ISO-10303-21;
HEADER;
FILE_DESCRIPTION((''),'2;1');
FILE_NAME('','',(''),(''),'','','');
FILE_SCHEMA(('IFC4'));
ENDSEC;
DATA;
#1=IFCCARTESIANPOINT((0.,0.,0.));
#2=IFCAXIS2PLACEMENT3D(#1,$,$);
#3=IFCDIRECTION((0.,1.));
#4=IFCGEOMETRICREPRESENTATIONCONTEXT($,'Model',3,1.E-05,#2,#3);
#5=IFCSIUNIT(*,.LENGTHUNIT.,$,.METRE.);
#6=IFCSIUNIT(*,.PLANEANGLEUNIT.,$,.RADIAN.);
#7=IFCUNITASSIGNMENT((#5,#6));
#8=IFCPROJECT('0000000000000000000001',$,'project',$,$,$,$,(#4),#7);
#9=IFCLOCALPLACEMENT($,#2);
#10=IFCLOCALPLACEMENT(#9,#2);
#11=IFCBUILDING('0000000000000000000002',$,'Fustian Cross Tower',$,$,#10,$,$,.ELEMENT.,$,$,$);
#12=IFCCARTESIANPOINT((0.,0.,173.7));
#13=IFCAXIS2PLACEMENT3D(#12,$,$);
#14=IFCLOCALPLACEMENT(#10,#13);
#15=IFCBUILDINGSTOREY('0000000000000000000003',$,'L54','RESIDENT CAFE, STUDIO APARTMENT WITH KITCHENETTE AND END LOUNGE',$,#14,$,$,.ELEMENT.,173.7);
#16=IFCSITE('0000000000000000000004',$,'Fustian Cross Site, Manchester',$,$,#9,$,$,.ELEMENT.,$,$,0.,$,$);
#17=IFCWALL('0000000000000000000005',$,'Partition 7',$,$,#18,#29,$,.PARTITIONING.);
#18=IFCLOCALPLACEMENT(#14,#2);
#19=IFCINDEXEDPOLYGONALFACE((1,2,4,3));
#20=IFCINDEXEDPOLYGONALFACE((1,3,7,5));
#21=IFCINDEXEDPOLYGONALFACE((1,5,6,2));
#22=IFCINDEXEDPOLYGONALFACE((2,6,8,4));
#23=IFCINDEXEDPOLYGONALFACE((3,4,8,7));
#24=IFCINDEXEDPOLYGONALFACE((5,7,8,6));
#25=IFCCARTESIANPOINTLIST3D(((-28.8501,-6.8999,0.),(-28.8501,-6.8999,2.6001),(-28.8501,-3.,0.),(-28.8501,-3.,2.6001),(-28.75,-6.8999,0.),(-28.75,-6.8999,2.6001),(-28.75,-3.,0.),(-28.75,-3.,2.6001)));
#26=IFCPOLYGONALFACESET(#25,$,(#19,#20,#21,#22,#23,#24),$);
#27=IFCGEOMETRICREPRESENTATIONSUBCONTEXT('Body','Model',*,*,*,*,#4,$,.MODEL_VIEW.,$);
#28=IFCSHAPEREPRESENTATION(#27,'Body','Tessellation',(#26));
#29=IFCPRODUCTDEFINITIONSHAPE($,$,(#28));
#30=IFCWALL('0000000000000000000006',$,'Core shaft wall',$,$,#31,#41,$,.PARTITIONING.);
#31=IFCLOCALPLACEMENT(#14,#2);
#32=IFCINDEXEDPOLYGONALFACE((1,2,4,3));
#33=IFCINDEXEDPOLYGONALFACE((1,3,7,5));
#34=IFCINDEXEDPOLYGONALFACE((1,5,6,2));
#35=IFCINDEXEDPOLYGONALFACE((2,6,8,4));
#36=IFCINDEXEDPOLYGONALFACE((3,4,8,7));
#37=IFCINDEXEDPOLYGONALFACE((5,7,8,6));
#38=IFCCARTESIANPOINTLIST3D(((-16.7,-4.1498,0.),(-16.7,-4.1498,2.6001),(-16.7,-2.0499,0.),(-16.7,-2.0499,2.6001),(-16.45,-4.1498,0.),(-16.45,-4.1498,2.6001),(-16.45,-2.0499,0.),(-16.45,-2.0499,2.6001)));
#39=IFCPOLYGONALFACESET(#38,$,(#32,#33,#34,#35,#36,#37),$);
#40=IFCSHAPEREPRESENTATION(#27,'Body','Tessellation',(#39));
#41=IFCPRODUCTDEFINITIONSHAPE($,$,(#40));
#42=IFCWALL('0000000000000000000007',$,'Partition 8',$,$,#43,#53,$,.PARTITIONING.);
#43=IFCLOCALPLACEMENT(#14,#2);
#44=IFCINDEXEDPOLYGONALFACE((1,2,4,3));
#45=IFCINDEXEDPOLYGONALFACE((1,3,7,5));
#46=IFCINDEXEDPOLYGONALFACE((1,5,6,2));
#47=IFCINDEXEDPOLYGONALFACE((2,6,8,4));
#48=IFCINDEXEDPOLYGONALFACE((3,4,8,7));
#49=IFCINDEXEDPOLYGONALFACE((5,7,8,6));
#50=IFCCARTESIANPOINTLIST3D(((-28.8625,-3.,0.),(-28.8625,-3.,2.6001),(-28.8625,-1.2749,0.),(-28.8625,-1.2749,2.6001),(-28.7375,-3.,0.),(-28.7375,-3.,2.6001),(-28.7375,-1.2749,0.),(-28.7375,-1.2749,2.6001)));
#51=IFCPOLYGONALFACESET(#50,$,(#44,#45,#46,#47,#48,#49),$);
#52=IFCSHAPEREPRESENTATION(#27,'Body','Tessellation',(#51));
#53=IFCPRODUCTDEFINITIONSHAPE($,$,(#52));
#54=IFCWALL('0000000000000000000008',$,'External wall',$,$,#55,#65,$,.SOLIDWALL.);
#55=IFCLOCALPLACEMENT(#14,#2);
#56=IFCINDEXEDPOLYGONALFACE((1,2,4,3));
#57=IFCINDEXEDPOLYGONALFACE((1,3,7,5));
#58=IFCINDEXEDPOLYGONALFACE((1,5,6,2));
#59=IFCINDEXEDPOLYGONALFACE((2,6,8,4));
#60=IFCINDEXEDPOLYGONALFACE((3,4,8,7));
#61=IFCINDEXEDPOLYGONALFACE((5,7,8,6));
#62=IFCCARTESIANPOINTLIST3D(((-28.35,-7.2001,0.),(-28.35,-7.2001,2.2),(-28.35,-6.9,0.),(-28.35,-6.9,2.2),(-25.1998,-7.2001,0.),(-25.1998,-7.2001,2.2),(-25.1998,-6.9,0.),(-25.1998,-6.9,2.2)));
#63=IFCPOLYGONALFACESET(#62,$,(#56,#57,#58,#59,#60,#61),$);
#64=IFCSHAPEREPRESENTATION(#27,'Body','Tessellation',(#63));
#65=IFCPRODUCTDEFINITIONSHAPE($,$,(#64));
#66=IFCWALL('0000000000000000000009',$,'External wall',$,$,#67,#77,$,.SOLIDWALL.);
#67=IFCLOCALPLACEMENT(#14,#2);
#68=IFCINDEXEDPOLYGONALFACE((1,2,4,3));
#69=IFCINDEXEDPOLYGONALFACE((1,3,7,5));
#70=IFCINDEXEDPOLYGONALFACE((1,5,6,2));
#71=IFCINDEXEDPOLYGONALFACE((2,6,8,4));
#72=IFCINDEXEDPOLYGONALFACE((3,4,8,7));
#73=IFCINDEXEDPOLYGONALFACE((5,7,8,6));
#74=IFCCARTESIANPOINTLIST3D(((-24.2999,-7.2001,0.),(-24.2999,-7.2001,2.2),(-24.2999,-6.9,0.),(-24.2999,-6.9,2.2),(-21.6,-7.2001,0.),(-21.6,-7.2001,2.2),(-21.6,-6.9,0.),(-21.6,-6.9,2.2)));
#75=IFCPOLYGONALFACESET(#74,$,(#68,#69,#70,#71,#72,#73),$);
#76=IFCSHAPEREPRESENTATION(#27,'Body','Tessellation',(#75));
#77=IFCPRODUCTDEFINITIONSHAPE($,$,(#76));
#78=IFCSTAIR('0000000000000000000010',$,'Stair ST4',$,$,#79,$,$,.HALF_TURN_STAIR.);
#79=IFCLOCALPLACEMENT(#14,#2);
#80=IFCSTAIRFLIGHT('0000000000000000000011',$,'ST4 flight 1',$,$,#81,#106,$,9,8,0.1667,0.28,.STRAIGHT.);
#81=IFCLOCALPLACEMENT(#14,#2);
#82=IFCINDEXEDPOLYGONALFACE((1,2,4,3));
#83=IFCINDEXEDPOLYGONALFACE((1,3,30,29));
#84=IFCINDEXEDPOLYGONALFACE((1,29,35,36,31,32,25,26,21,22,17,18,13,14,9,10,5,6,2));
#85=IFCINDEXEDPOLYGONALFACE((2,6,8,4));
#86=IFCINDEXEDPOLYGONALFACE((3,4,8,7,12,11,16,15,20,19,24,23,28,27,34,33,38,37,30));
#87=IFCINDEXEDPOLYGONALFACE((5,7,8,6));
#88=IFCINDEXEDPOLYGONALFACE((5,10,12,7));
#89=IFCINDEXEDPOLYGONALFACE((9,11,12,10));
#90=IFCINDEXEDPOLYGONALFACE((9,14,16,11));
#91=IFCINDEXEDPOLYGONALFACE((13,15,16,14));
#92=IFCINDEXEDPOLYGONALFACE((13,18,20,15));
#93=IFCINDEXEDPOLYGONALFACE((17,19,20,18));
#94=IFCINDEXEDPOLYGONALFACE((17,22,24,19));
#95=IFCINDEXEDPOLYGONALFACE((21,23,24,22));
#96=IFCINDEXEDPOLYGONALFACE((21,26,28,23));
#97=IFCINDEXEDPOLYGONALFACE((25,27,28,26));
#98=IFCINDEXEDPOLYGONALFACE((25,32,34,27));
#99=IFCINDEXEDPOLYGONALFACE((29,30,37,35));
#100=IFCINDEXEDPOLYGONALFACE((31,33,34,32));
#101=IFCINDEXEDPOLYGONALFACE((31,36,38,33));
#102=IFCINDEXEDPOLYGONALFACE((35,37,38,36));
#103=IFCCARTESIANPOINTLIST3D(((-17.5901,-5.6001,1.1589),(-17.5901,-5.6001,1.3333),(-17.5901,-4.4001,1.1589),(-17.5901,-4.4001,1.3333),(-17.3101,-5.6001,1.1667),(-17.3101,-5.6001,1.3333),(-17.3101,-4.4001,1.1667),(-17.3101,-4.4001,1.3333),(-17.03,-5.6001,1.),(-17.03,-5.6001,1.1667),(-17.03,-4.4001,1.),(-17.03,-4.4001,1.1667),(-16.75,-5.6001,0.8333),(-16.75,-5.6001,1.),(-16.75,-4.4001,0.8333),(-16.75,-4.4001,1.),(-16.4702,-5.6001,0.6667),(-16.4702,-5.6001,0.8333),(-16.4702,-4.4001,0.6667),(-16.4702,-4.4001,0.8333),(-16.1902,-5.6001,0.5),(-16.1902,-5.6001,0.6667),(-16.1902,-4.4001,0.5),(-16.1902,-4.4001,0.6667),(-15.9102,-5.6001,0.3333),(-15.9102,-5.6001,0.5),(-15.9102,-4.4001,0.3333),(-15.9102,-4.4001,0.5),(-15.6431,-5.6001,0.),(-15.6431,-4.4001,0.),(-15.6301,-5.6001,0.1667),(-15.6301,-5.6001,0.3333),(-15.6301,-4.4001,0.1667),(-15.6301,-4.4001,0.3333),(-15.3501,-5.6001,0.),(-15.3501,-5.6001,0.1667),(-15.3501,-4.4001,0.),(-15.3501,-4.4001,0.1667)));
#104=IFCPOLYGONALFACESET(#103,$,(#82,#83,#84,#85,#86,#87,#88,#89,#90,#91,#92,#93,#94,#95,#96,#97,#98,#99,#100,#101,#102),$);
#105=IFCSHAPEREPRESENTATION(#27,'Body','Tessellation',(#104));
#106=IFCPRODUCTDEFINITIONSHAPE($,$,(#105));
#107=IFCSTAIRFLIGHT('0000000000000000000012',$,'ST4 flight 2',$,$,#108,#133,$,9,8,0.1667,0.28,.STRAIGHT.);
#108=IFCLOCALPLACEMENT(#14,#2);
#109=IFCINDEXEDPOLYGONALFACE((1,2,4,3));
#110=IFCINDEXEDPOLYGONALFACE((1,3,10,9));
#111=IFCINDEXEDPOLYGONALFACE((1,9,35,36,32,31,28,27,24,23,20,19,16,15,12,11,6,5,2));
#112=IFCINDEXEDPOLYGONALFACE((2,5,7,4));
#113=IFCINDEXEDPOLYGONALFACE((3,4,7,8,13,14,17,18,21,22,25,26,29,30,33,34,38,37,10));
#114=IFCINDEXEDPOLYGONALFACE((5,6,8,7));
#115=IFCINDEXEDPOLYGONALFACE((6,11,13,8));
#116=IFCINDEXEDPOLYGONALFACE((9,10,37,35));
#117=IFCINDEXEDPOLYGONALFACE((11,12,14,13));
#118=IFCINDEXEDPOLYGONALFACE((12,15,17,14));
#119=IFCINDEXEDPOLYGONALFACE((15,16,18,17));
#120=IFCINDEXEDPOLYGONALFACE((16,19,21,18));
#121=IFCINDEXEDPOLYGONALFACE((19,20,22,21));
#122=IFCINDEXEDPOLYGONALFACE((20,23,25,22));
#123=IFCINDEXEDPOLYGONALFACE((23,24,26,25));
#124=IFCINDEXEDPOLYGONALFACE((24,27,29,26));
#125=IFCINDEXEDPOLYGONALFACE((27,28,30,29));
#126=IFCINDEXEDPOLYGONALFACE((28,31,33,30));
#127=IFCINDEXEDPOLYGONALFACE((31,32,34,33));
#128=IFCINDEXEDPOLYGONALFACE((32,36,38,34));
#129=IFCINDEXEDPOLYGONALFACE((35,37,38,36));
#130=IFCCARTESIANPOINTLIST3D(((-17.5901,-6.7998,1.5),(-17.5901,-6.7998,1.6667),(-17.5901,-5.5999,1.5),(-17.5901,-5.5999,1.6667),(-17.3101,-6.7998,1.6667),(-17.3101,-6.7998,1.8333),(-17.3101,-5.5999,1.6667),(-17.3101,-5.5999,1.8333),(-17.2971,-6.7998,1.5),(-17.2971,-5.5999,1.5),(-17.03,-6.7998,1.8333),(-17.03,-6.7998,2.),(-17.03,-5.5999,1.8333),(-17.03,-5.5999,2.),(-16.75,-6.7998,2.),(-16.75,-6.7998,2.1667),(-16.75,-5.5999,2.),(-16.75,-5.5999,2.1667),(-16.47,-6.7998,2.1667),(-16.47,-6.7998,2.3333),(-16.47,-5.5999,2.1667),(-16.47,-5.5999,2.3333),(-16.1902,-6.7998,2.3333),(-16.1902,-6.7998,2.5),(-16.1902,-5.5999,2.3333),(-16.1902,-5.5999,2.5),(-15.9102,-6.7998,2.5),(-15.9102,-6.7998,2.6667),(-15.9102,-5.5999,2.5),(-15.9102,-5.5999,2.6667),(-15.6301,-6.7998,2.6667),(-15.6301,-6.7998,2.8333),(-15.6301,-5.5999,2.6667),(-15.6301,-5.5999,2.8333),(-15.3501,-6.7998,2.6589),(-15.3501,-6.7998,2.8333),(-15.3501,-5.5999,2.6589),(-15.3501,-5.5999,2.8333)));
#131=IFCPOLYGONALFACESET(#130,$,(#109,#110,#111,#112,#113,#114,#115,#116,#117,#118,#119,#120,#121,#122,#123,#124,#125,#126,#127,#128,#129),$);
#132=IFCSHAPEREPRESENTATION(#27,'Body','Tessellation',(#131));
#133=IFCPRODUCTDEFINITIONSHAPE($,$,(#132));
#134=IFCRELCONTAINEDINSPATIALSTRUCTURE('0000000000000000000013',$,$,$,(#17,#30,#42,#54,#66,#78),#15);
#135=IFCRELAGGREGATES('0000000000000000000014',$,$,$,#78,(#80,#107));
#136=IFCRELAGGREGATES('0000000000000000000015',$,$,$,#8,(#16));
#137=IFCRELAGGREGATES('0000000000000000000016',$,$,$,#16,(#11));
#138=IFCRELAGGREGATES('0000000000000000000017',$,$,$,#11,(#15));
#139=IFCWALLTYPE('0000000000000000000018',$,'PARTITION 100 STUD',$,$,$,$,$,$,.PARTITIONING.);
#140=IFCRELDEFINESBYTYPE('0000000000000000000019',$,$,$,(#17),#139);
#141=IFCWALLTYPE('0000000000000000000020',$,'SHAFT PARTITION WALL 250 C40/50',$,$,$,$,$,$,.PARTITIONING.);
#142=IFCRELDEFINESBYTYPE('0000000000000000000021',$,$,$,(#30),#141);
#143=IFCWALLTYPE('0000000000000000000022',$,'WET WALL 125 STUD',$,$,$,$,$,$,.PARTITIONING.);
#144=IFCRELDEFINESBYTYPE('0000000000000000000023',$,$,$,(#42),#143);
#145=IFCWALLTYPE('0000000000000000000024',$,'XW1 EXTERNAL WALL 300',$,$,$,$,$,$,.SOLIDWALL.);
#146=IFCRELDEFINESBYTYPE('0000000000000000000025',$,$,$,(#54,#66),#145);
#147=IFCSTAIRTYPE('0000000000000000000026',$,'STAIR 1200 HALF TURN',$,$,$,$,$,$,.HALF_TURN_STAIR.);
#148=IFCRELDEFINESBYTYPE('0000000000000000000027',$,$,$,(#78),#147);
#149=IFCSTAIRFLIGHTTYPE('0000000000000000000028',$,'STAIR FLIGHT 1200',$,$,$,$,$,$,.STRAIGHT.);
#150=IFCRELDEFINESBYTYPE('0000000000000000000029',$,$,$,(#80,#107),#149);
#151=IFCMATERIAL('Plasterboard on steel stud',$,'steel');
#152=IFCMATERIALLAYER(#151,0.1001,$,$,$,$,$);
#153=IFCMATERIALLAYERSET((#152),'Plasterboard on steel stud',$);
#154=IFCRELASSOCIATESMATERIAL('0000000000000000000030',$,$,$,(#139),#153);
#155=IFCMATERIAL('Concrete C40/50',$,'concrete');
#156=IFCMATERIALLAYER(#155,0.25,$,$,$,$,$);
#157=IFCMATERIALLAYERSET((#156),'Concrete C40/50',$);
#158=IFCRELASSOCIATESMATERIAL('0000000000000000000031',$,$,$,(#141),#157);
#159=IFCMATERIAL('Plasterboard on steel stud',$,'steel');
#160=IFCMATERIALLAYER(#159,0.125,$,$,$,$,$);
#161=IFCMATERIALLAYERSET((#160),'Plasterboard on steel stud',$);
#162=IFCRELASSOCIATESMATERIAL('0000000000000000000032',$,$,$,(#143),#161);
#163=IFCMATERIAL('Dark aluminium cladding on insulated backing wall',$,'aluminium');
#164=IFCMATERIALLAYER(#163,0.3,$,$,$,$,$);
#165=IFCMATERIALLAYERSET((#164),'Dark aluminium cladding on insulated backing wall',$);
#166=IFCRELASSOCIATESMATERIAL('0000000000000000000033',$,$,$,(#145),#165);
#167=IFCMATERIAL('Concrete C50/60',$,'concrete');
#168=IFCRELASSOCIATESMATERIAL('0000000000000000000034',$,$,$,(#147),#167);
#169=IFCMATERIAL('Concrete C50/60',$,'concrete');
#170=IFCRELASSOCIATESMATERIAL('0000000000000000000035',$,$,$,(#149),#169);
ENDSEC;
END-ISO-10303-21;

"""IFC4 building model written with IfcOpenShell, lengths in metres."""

from ifc_helpers import new_model, si_unit, direction, frame, frame_2d, origin, place, context, subcontext, project, spatial, polyline, rectangle, outline, extrude, material, layer, layer_set, type_object, element, aggregate, save


model = new_model("IFC4")

# Units and contexts
model_context = context("Model", 3, precision=1e-05, world=origin(), true_north=direction((0.0, 1.0)))
body_context = subcontext(model_context, "Body", "Model", "MODEL_VIEW")
ifc_project = project(units=[si_unit("LENGTHUNIT", "METRE"), si_unit("PLANEANGLEUNIT", "RADIAN")], contexts=[model_context])

# Site, building, storey
site_placement = place(None, origin())
site = spatial("IfcSite", under=ifc_project, at=site_placement, Name="Fustian Cross Site, Manchester", CompositionType="ELEMENT", RefElevation=0.0)
building_placement = place(site_placement, origin())
building = spatial("IfcBuilding", under=site, at=building_placement, Name="Fustian Cross Tower", CompositionType="ELEMENT")
storey_placement = place(building_placement, frame((0.0, 0.0, 173.7)))
storey = spatial("IfcBuildingStorey", under=building, at=storey_placement, Name="L54", Description="RESIDENT CAFE, STUDIO APARTMENT WITH KITCHENETTE AND END LOUNGE", CompositionType="ELEMENT", Elevation=173.7)

# Shared definitions
ifc_material_1 = material(Name="Plasterboard on steel stud", Category="steel")
ifc_layer_1 = layer(ifc_material_1, 0.1001)
ifc_layer_set_1 = layer_set([ifc_layer_1], Name="Plasterboard on steel stud")
wall_type_1 = type_object("IfcWallType", Name="PARTITION 100 STUD", PredefinedType="PARTITIONING", material=ifc_layer_set_1)

# Walls
wall_1_placement = place(storey_placement, frame((-28.8, -6.8999, 0.0), z_axis=(0.0, 0.0, 1.0), x_axis=(0.0, 1.0, 0.0)))
element("IfcWall", 1, at=wall_1_placement, inside=storey, type_object=wall_type_1, Name="Partition 7", PredefinedType="PARTITIONING", context=body_context, shape_type="SweptSolid", body=[
    extrude(rectangle(XDim=3.8999, YDim=0.1001, at=frame_2d((1.95, 0.0))), origin(), (0.0, 0.0, 1.0), 2.6001),
])
ifc_material_2 = material(Name="Concrete C40/50", Category="concrete")
ifc_layer_2 = layer(ifc_material_2, 0.25)
ifc_layer_set_2 = layer_set([ifc_layer_2], Name="Concrete C40/50")
wall_type_2 = type_object("IfcWallType", Name="SHAFT PARTITION WALL 250 C40/50", PredefinedType="PARTITIONING", material=ifc_layer_set_2)
wall_2_placement = place(storey_placement, frame((-16.575, -2.05, 0.0), z_axis=(0.0, 0.0, 1.0), x_axis=(0.0, -1.0, 0.0)))
element("IfcWall", 2, at=wall_2_placement, inside=storey, type_object=wall_type_2, Name="Core shaft wall", PredefinedType="PARTITIONING", context=body_context, shape_type="SweptSolid", body=[
    extrude(rectangle(XDim=2.0999, YDim=0.25, at=frame_2d((1.0498, 0.0))), origin(), (0.0, 0.0, 1.0), 2.6001),
])
ifc_material_3 = material(Name="Plasterboard on steel stud", Category="steel")
ifc_layer_3 = layer(ifc_material_3, 0.125)
ifc_layer_set_3 = layer_set([ifc_layer_3], Name="Plasterboard on steel stud")
wall_type_3 = type_object("IfcWallType", Name="WET WALL 125 STUD", PredefinedType="PARTITIONING", material=ifc_layer_set_3)
wall_3_placement = place(storey_placement, frame((-28.8, -3.0, 0.0), z_axis=(0.0, 0.0, 1.0), x_axis=(0.0, 1.0, 0.0)))
element("IfcWall", 3, at=wall_3_placement, inside=storey, type_object=wall_type_3, Name="Partition 8", PredefinedType="PARTITIONING", context=body_context, shape_type="SweptSolid", body=[
    extrude(rectangle(XDim=1.7251, YDim=0.125, at=frame_2d((0.8625, 0.0))), origin(), (0.0, 0.0, 1.0), 2.6001),
])
ifc_material_4 = material(Name="Dark aluminium cladding on insulated backing wall", Category="aluminium")
ifc_layer_4 = layer(ifc_material_4, 0.3)
ifc_layer_set_4 = layer_set([ifc_layer_4], Name="Dark aluminium cladding on insulated backing wall")
wall_type_4 = type_object("IfcWallType", Name="XW1 EXTERNAL WALL 300", PredefinedType="SOLIDWALL", material=ifc_layer_set_4)
wall_4_placement = place(storey_placement, frame((-28.3501, -7.05, 0.0), z_axis=(0.0, 0.0, 1.0), x_axis=(1.0, 0.0, 0.0)))
element("IfcWall", 4, at=wall_4_placement, inside=storey, type_object=wall_type_4, Name="External wall", PredefinedType="SOLIDWALL", context=body_context, shape_type="SweptSolid", body=[
    extrude(rectangle(XDim=3.1501, YDim=0.3, at=frame_2d((1.5752, 0.0))), origin(), (0.0, 0.0, 1.0), 2.2),
])
wall_5_placement = place(storey_placement, frame((-24.3, -7.05, 0.0), z_axis=(0.0, 0.0, 1.0), x_axis=(1.0, 0.0, 0.0)))
element("IfcWall", 5, at=wall_5_placement, inside=storey, type_object=wall_type_4, Name="External wall", PredefinedType="SOLIDWALL", context=body_context, shape_type="SweptSolid", body=[
    extrude(rectangle(XDim=2.7, YDim=0.3, at=frame_2d((1.3501, 0.0))), origin(), (0.0, 0.0, 1.0), 2.2),
])

# Stair, stair flights
ifc_material_5 = material(Name="Concrete C50/60", Category="concrete")
stair_type = type_object("IfcStairType", Name="STAIR 1200 HALF TURN", PredefinedType="HALF_TURN_STAIR", material=ifc_material_5)
stair_placement = place(storey_placement, origin())
stair = element("IfcStair", 6, at=stair_placement, inside=storey, type_object=stair_type, Name="Stair ST4", PredefinedType="HALF_TURN_STAIR")
ifc_material_6 = material(Name="Concrete C50/60", Category="concrete")
stair_flight_type = type_object("IfcStairFlightType", Name="STAIR FLIGHT 1200", PredefinedType="STRAIGHT", material=ifc_material_6)
stair_flight_1_placement = place(storey_placement, frame((-15.3501, -5.0, 0.0), z_axis=(0.0, 0.0, 1.0), x_axis=(-1.0, 0.0, 0.0)))
stair_flight_1 = element("IfcStairFlight", 7, at=stair_flight_1_placement, type_object=stair_flight_type, Name="ST4 flight 1", NumberOfRisers=9, NumberOfTreads=8, PredefinedType="STRAIGHT", RiserHeight=0.1667, TreadLength=0.28, context=body_context, shape_type="SweptSolid", body=[
    extrude(outline(polyline([(0.0, 0.0), (0.0, 0.1667), (0.28, 0.1667), (0.28, 0.3333), (0.5601, 0.3333), (0.5601, 0.5), (0.8401, 0.5), (0.8401, 0.6667), (1.1201, 0.6667), (1.1201, 0.8333), (1.3999, 0.8333), (1.3999, 1.0), (1.6799, 1.0), (1.6799, 1.1667), (1.96, 1.1667), (1.96, 1.3333), (2.24, 1.3333), (2.24, 1.5), (2.24, 1.1589), (0.293, 0.0), (0.0, 0.0)])), frame((0.0, 0.6001, 0.0), z_axis=(0.0, -1.0, 0.0), x_axis=(1.0, 0.0, 0.0)), (0.0, 0.0, 1.0), 1.2),
])
stair_flight_2_placement = place(storey_placement, frame((-17.5901, -6.2, 1.5), z_axis=(0.0, 0.0, 1.0), x_axis=(1.0, 0.0, 0.0)))
stair_flight_2 = element("IfcStairFlight", 8, at=stair_flight_2_placement, type_object=stair_flight_type, Name="ST4 flight 2", NumberOfRisers=9, NumberOfTreads=8, PredefinedType="STRAIGHT", RiserHeight=0.1667, TreadLength=0.28, context=body_context, shape_type="SweptSolid", body=[
    extrude(outline(polyline([(0.0, 0.0), (0.0, 0.1667), (0.28, 0.1667), (0.28, 0.3333), (0.5601, 0.3333), (0.5601, 0.5), (0.8401, 0.5), (0.8401, 0.6667), (1.1201, 0.6667), (1.1201, 0.8333), (1.3999, 0.8333), (1.3999, 1.0), (1.6799, 1.0), (1.6799, 1.1667), (1.96, 1.1667), (1.96, 1.3333), (2.24, 1.3333), (2.24, 1.5), (2.24, 1.1589), (0.293, 0.0), (0.0, 0.0)])), frame((0.0, 0.6001, 0.0), z_axis=(0.0, -1.0, 0.0), x_axis=(1.0, 0.0, 0.0)), (0.0, 0.0, 1.0), 1.2),
])
aggregate(stair, [stair_flight_1, stair_flight_2])

save(model, "model.ifc")
